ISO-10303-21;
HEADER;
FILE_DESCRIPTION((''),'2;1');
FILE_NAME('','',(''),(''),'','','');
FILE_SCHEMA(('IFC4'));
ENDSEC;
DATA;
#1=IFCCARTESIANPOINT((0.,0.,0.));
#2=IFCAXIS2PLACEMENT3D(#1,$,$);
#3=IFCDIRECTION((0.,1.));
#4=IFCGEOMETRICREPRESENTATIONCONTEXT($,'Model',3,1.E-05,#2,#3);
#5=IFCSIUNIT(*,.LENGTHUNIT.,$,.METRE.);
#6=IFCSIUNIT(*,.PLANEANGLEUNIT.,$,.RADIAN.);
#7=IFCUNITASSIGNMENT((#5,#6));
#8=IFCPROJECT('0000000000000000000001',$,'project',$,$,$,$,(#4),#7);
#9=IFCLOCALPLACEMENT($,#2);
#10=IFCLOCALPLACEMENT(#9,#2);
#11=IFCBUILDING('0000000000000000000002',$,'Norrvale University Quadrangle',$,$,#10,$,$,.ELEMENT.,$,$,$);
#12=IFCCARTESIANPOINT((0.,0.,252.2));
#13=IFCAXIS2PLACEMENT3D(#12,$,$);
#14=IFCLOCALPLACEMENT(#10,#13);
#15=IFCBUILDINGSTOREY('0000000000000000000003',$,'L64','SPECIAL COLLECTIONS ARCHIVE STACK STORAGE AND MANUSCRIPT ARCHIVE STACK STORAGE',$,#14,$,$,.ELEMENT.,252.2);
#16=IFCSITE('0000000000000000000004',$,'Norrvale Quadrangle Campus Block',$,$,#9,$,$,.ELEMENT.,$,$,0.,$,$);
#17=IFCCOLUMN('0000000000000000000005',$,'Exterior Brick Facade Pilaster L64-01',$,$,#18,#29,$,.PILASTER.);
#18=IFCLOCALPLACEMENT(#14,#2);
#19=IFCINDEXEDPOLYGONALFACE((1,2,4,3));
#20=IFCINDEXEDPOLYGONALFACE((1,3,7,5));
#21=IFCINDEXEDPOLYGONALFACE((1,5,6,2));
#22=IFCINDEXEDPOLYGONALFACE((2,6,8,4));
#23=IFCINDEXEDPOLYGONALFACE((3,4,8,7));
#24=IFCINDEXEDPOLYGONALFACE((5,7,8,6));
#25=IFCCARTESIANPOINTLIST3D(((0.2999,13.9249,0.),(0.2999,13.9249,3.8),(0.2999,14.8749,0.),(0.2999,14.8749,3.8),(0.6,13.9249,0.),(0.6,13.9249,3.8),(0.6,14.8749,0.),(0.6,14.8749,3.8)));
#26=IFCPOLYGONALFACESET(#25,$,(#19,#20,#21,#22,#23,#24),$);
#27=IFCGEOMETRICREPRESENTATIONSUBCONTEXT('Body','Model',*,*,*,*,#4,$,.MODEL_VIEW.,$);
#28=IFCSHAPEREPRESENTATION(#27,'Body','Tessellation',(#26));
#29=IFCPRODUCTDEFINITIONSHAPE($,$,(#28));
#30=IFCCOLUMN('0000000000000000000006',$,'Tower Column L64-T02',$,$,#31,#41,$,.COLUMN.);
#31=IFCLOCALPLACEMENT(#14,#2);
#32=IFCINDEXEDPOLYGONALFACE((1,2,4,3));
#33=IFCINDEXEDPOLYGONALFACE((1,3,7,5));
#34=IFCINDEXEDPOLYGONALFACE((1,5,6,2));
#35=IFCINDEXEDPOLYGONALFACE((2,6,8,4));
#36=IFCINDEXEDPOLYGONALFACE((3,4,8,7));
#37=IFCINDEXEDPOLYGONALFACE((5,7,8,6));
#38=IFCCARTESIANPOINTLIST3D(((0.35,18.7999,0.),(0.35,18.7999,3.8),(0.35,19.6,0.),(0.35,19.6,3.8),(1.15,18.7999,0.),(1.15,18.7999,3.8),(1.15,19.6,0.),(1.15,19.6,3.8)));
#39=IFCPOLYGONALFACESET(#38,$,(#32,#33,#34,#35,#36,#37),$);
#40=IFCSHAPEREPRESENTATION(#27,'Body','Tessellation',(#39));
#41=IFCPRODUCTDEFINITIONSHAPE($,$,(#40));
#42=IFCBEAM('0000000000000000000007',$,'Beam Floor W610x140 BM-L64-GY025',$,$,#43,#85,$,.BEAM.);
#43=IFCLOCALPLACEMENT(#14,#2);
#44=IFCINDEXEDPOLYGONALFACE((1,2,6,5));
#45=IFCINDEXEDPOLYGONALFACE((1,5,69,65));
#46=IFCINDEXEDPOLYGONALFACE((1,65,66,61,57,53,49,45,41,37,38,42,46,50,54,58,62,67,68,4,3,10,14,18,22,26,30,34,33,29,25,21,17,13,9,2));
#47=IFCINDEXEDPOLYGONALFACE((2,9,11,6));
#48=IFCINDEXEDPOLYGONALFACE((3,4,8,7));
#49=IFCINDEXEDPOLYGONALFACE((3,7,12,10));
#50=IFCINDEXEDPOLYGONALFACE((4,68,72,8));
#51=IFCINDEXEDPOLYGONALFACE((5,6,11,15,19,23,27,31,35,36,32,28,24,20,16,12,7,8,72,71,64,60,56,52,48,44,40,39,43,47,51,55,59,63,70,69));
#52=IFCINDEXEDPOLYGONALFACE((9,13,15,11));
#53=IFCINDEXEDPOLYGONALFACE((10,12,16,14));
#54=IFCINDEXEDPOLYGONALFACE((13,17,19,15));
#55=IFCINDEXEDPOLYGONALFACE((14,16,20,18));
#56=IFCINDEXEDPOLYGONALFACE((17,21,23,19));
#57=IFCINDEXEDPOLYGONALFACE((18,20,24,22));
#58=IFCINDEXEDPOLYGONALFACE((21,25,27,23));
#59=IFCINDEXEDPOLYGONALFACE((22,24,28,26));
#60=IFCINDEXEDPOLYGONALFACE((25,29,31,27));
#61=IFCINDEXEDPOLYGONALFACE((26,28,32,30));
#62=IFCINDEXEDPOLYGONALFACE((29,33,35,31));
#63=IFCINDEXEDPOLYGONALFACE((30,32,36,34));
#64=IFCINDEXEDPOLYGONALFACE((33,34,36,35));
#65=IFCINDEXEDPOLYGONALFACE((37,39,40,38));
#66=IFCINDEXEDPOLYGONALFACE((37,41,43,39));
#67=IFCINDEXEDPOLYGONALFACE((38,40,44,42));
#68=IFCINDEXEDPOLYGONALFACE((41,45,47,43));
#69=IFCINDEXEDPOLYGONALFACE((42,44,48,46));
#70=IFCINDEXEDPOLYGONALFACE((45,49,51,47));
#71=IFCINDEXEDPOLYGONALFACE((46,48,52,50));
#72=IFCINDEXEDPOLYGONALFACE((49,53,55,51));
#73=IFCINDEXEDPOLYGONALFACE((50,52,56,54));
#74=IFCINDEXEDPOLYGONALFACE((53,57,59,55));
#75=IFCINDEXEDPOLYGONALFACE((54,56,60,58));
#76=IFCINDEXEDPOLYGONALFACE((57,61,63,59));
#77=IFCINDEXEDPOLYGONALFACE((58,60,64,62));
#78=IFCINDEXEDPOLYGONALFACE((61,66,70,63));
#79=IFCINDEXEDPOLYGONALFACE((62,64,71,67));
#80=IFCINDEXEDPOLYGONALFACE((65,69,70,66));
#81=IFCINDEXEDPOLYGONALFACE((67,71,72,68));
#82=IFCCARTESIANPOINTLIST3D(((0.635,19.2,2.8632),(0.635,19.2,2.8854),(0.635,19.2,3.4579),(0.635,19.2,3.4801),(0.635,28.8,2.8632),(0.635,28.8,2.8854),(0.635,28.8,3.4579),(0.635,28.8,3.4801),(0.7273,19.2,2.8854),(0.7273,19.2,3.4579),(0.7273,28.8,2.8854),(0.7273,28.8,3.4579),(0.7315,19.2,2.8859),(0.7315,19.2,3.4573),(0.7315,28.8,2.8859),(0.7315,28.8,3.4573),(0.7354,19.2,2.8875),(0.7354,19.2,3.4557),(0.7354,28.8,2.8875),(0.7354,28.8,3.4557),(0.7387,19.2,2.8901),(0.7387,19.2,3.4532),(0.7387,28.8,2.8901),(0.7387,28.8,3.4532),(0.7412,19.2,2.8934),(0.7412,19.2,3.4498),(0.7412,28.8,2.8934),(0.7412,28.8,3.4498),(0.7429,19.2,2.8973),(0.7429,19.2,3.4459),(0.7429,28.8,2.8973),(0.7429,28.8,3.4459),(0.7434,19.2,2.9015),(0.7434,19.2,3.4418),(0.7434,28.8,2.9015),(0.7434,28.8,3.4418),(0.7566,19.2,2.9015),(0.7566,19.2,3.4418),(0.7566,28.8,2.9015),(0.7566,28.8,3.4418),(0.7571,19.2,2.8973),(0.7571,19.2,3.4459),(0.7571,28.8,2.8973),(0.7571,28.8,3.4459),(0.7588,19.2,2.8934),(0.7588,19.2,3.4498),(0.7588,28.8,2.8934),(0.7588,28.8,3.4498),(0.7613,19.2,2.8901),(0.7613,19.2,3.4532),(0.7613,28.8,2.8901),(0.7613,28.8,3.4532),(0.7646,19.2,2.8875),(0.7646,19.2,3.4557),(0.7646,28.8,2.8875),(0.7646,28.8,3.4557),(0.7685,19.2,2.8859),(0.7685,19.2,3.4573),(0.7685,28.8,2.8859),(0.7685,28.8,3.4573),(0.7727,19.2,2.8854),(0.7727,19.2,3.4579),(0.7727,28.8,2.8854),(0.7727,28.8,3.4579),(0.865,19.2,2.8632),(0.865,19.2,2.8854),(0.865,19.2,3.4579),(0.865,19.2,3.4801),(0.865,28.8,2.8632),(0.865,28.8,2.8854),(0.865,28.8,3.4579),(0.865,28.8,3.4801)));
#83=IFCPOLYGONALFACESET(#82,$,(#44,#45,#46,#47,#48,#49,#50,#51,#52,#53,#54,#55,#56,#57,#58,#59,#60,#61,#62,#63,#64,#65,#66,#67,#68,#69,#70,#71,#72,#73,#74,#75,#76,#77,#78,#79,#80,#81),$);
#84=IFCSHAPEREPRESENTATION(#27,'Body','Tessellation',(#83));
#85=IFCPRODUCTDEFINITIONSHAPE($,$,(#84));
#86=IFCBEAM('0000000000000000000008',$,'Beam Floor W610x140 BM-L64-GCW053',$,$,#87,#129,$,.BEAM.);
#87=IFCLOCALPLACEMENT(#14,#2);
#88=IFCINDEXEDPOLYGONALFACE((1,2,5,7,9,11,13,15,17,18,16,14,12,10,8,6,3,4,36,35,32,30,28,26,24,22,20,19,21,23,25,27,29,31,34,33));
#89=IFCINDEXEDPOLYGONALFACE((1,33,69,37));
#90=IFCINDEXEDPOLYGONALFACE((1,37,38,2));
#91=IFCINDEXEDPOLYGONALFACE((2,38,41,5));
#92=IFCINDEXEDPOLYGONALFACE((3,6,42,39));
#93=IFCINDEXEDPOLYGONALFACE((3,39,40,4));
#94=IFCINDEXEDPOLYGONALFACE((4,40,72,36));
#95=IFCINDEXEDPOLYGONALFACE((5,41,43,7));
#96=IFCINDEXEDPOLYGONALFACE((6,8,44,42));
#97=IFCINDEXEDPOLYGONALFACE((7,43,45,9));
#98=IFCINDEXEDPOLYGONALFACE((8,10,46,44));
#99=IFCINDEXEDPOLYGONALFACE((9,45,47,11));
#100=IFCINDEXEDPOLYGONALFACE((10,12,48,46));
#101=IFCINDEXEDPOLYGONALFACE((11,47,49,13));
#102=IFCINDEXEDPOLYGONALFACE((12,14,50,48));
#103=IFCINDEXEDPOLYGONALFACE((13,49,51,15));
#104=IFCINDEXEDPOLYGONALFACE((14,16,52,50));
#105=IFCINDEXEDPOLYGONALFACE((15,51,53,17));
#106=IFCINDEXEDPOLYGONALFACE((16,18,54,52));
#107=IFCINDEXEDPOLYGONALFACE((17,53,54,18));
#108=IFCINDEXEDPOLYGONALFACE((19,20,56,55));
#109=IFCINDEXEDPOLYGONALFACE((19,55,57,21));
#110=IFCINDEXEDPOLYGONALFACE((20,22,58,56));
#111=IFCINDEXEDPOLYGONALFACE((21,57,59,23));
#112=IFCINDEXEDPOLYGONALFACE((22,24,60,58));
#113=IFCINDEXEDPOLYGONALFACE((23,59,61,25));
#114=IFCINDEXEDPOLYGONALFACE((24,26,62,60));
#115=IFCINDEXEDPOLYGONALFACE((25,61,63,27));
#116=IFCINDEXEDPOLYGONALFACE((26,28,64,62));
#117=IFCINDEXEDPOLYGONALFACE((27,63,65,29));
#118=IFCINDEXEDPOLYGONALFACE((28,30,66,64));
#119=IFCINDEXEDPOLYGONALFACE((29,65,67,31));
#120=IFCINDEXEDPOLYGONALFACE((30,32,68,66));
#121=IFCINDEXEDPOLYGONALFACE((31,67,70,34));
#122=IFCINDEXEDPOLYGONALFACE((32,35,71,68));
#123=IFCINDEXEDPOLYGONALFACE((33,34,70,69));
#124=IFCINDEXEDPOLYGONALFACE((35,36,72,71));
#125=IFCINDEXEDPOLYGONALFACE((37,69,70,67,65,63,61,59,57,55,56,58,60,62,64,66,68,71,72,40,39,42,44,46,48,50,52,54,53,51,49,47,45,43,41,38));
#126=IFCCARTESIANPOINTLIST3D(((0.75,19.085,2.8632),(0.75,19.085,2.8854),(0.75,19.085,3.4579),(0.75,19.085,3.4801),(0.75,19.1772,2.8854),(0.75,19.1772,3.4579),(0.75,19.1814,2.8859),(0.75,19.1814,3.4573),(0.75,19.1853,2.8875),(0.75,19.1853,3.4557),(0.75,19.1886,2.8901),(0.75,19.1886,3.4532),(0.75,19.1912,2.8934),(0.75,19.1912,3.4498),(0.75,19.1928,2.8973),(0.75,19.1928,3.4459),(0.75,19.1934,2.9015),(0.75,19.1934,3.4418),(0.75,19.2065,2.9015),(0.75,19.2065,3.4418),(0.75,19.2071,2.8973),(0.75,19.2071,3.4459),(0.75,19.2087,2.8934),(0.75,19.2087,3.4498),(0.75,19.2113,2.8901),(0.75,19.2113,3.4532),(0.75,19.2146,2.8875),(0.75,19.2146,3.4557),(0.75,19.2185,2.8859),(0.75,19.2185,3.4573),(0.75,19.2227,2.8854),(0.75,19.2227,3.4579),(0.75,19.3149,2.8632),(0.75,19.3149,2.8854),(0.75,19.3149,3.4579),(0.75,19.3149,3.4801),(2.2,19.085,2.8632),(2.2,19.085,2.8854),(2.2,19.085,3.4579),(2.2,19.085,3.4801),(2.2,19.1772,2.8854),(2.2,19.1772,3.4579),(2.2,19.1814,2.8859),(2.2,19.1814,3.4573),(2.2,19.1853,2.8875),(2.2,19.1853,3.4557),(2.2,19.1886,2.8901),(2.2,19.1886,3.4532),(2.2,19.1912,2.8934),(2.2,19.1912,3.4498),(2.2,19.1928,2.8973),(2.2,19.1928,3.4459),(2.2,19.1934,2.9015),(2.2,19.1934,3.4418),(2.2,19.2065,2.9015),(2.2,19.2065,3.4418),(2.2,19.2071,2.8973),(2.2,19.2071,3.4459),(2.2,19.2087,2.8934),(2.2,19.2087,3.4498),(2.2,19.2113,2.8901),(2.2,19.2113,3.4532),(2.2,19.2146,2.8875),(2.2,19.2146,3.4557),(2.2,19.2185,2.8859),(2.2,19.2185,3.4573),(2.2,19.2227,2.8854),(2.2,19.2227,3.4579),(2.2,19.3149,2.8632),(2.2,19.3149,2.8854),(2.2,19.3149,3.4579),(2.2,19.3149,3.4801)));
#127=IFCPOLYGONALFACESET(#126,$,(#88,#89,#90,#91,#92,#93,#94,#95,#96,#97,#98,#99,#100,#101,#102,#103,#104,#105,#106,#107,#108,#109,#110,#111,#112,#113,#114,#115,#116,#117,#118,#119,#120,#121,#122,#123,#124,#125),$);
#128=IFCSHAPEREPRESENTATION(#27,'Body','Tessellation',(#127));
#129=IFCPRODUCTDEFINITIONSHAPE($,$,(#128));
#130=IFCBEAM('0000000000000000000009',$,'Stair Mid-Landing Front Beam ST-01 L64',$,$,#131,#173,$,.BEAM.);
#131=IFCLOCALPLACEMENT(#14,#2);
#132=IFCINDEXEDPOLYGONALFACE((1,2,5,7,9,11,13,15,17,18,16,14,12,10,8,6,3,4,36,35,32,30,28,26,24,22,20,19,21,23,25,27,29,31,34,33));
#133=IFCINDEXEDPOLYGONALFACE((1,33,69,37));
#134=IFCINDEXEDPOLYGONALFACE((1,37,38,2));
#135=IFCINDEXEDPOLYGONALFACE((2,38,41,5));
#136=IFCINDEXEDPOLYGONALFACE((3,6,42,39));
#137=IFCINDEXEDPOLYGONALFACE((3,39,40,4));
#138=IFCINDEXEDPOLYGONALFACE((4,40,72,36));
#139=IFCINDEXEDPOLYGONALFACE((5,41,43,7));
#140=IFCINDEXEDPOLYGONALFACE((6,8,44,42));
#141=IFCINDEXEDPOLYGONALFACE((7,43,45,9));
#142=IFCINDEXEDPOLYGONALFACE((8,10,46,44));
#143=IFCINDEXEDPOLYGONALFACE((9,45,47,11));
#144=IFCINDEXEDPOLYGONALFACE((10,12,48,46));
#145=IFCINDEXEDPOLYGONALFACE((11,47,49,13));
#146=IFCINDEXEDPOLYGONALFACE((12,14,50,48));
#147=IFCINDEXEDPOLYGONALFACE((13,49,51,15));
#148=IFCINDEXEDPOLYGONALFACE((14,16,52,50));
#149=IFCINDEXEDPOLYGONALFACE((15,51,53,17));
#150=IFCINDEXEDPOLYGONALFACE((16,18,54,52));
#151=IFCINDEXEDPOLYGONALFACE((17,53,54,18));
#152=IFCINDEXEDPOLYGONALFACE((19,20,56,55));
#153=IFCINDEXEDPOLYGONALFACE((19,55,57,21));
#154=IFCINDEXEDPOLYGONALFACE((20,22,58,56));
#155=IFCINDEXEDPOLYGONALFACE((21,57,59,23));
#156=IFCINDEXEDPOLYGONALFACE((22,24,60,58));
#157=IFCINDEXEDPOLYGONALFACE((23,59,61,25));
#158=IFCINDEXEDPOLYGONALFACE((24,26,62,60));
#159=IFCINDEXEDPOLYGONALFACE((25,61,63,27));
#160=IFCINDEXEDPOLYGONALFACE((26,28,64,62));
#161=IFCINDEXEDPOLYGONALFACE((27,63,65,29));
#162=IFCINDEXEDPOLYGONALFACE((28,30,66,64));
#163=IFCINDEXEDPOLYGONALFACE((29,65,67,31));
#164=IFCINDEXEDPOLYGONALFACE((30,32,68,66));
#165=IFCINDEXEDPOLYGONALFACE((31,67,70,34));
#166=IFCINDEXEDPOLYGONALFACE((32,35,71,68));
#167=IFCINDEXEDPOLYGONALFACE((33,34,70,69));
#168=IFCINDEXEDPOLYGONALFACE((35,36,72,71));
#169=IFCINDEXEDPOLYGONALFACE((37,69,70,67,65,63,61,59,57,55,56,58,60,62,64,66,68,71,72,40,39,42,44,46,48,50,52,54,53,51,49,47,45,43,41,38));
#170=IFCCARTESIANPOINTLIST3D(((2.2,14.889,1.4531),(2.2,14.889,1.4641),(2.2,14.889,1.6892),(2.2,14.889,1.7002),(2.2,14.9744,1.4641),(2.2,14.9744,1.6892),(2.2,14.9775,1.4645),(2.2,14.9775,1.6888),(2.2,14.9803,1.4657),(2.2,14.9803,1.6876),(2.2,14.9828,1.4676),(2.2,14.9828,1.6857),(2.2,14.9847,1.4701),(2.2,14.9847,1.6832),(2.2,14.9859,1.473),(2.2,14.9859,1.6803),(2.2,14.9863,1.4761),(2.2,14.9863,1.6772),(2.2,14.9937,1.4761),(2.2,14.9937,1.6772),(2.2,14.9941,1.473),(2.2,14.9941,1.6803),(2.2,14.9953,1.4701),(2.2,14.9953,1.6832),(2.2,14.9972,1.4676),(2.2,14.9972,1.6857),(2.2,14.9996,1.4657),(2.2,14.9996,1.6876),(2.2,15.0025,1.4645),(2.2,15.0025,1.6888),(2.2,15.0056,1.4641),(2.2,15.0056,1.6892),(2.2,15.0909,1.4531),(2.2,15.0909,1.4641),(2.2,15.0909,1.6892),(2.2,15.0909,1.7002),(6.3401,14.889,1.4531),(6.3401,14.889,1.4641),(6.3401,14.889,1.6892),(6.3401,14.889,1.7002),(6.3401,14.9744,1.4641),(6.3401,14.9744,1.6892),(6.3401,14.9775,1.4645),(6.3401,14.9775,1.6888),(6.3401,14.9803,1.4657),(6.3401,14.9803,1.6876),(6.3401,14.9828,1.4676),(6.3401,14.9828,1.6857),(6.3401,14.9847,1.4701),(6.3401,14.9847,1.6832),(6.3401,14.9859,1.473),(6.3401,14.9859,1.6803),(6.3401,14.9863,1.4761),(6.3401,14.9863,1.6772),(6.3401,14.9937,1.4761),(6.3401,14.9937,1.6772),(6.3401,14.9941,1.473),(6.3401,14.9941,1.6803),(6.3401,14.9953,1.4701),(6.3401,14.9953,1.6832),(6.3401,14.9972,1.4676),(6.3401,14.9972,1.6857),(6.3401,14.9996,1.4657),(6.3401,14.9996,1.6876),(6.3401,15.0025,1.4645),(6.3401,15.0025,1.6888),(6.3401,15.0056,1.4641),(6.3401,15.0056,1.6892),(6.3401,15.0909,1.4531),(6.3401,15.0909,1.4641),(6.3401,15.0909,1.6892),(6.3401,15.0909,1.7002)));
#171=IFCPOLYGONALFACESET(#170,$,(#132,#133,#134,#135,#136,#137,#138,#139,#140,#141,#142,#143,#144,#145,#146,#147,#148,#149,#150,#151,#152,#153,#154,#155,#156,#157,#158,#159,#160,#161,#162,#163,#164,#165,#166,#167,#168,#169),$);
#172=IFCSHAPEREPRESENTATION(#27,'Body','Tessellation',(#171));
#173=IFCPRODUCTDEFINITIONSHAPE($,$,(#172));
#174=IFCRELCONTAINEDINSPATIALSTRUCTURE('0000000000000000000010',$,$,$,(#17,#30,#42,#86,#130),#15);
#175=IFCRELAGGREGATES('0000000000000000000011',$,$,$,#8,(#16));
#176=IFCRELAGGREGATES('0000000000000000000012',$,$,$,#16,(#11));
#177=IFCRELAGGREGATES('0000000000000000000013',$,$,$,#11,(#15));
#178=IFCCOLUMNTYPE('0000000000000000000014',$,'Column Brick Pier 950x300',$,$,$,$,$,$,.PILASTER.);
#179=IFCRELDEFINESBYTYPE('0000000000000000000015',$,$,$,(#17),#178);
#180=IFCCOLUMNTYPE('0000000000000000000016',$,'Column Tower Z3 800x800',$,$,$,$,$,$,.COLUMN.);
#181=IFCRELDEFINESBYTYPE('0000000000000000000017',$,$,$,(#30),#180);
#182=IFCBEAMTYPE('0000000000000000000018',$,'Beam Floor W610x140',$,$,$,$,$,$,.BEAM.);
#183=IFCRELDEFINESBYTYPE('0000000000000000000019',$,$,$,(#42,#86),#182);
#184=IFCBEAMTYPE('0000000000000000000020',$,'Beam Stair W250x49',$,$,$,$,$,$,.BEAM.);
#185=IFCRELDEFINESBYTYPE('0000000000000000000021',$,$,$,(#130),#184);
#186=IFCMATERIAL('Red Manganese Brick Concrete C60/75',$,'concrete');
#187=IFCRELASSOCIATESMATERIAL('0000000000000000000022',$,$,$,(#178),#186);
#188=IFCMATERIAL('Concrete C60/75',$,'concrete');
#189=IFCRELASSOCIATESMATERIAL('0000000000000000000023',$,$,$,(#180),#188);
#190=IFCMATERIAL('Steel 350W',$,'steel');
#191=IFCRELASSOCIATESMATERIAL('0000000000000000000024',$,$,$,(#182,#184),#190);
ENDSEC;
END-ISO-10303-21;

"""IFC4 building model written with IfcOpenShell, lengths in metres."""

from ifc_helpers import new_model, si_unit, direction, frame, origin, origin_2d, place, context, subcontext, project, spatial, rectangle, i_section, extrude, material, material_profile, profile_set, type_object, element, save


model = new_model("IFC4")

# Units and contexts
model_context = context("Model", 3, precision=1e-05, world=origin(), true_north=direction((0.0, 1.0)))
body_context = subcontext(model_context, "Body", "Model", "MODEL_VIEW")
ifc_project = project(units=[si_unit("LENGTHUNIT", "METRE"), si_unit("PLANEANGLEUNIT", "RADIAN")], contexts=[model_context])

# Site, building, storey
site_placement = place(None, origin())
site = spatial("IfcSite", under=ifc_project, at=site_placement, Name="Norrvale Quadrangle Campus Block", CompositionType="ELEMENT", RefElevation=0.0)
building_placement = place(site_placement, origin())
building = spatial("IfcBuilding", under=site, at=building_placement, Name="Norrvale University Quadrangle", CompositionType="ELEMENT")
storey_placement = place(building_placement, frame((0.0, 0.0, 252.2)))
storey = spatial("IfcBuildingStorey", under=building, at=storey_placement, Name="L64", Description="SPECIAL COLLECTIONS ARCHIVE STACK STORAGE AND MANUSCRIPT ARCHIVE STACK STORAGE", CompositionType="ELEMENT", Elevation=252.2)

# Columns
ifc_material_1 = material(Name="Red Manganese Brick Concrete C60/75", Category="concrete")
ifc_material_profile_1 = material_profile(ifc_material_1, rectangle(XDim=0.95, YDim=0.3, at=origin_2d()), Name="Red Manganese Brick Concrete C60/75")
ifc_profile_set_1 = profile_set([ifc_material_profile_1], Name="Red Manganese Brick Concrete C60/75")
column_type_1 = type_object("IfcColumnType", Name="Column Brick Pier 950x300", PredefinedType="PILASTER", material=ifc_profile_set_1)
column_1_placement = place(storey_placement, frame((0.45, 14.3999, 0.0), z_axis=(0.0, 0.0, 1.0), x_axis=(0.0, 1.0, 0.0)))
element("IfcColumn", 1, at=column_1_placement, inside=storey, type_object=column_type_1, Name="Exterior Brick Facade Pilaster L64-01", PredefinedType="PILASTER", context=body_context, shape_type="SweptSolid", body=[
    extrude(rectangle(XDim=0.95, YDim=0.3, at=origin_2d()), origin(), (0.0, 0.0, 1.0), 3.8),
])
ifc_material_2 = material(Name="Concrete C60/75", Category="concrete")
ifc_material_profile_2 = material_profile(ifc_material_2, rectangle(XDim=0.8, YDim=0.8, at=origin_2d()), Name="Concrete C60/75")
ifc_profile_set_2 = profile_set([ifc_material_profile_2], Name="Concrete C60/75")
column_type_2 = type_object("IfcColumnType", Name="Column Tower Z3 800x800", PredefinedType="COLUMN", material=ifc_profile_set_2)
column_2_placement = place(storey_placement, frame((0.75, 19.2, 0.0), z_axis=(0.0, 0.0, 1.0), x_axis=(1.0, 0.0, 0.0)))
element("IfcColumn", 2, at=column_2_placement, inside=storey, type_object=column_type_2, Name="Tower Column L64-T02", PredefinedType="COLUMN", context=body_context, shape_type="SweptSolid", body=[
    extrude(rectangle(XDim=0.8, YDim=0.8, at=origin_2d()), origin(), (0.0, 0.0, 1.0), 3.8),
])

# Beams
ifc_material_3 = material(Name="Steel 350W", Category="steel")
ifc_material_profile_3 = material_profile(ifc_material_3, i_section(OverallWidth=0.23, OverallDepth=0.6169, WebThickness=0.0132, FlangeThickness=0.0222, FilletRadius=0.0161, at=origin_2d()), Name="Steel 350W")
ifc_profile_set_3 = profile_set([ifc_material_profile_3], Name="Steel 350W")
beam_type_1 = type_object("IfcBeamType", Name="Beam Floor W610x140", PredefinedType="BEAM", material=ifc_profile_set_3)
beam_1_placement = place(storey_placement, frame((0.75, 19.2, 3.1716), z_axis=(0.0, 1.0, 0.0), x_axis=(-1.0, 0.0, 0.0)))
element("IfcBeam", 3, at=beam_1_placement, inside=storey, type_object=beam_type_1, Name="Beam Floor W610x140 BM-L64-GY025", PredefinedType="BEAM", context=body_context, shape_type="SweptSolid", body=[
    extrude(i_section(OverallWidth=0.23, OverallDepth=0.6169, WebThickness=0.0132, FlangeThickness=0.0222, FilletRadius=0.0161, at=origin_2d()), origin(), (0.0, 0.0, 1.0), 9.6001),
])
beam_2_placement = place(storey_placement, frame((0.75, 19.2, 3.1716), z_axis=(1.0, 0.0, 0.0), x_axis=(0.0, 1.0, 0.0)))
element("IfcBeam", 4, at=beam_2_placement, inside=storey, type_object=beam_type_1, Name="Beam Floor W610x140 BM-L64-GCW053", PredefinedType="BEAM", context=body_context, shape_type="SweptSolid", body=[
    extrude(i_section(OverallWidth=0.23, OverallDepth=0.6169, WebThickness=0.0132, FlangeThickness=0.0222, FilletRadius=0.0161, at=origin_2d()), origin(), (0.0, 0.0, 1.0), 1.45),
])
ifc_material_profile_4 = material_profile(ifc_material_3, i_section(OverallWidth=0.2019, OverallDepth=0.2471, WebThickness=0.0073, FlangeThickness=0.011, FilletRadius=0.012, at=origin_2d()), Name="Steel 350W")
ifc_profile_set_4 = profile_set([ifc_material_profile_4], Name="Steel 350W")
beam_type_2 = type_object("IfcBeamType", Name="Beam Stair W250x49", PredefinedType="BEAM", material=ifc_profile_set_4)
for number, where, z_axis, x_axis, name in (
    (5, (2.2, 14.99, 1.5767), (1.0, 0.0, 0.0), (0.0, 1.0, 0.0), "Stair Mid-Landing Front Beam ST-01 L64"),
):
    element("IfcBeam", number, at=place(storey_placement, frame(where, z_axis=z_axis, x_axis=x_axis)), inside=storey, type_object=beam_type_2, Name=name, PredefinedType="BEAM", context=body_context, shape_type="SweptSolid", body=[
        extrude(i_section(OverallWidth=0.2019, OverallDepth=0.2471, WebThickness=0.0073, FlangeThickness=0.011, FilletRadius=0.012, at=origin_2d()), origin(), (0.0, 0.0, 1.0), 4.1401),
    ])

save(model, "model.ifc")
